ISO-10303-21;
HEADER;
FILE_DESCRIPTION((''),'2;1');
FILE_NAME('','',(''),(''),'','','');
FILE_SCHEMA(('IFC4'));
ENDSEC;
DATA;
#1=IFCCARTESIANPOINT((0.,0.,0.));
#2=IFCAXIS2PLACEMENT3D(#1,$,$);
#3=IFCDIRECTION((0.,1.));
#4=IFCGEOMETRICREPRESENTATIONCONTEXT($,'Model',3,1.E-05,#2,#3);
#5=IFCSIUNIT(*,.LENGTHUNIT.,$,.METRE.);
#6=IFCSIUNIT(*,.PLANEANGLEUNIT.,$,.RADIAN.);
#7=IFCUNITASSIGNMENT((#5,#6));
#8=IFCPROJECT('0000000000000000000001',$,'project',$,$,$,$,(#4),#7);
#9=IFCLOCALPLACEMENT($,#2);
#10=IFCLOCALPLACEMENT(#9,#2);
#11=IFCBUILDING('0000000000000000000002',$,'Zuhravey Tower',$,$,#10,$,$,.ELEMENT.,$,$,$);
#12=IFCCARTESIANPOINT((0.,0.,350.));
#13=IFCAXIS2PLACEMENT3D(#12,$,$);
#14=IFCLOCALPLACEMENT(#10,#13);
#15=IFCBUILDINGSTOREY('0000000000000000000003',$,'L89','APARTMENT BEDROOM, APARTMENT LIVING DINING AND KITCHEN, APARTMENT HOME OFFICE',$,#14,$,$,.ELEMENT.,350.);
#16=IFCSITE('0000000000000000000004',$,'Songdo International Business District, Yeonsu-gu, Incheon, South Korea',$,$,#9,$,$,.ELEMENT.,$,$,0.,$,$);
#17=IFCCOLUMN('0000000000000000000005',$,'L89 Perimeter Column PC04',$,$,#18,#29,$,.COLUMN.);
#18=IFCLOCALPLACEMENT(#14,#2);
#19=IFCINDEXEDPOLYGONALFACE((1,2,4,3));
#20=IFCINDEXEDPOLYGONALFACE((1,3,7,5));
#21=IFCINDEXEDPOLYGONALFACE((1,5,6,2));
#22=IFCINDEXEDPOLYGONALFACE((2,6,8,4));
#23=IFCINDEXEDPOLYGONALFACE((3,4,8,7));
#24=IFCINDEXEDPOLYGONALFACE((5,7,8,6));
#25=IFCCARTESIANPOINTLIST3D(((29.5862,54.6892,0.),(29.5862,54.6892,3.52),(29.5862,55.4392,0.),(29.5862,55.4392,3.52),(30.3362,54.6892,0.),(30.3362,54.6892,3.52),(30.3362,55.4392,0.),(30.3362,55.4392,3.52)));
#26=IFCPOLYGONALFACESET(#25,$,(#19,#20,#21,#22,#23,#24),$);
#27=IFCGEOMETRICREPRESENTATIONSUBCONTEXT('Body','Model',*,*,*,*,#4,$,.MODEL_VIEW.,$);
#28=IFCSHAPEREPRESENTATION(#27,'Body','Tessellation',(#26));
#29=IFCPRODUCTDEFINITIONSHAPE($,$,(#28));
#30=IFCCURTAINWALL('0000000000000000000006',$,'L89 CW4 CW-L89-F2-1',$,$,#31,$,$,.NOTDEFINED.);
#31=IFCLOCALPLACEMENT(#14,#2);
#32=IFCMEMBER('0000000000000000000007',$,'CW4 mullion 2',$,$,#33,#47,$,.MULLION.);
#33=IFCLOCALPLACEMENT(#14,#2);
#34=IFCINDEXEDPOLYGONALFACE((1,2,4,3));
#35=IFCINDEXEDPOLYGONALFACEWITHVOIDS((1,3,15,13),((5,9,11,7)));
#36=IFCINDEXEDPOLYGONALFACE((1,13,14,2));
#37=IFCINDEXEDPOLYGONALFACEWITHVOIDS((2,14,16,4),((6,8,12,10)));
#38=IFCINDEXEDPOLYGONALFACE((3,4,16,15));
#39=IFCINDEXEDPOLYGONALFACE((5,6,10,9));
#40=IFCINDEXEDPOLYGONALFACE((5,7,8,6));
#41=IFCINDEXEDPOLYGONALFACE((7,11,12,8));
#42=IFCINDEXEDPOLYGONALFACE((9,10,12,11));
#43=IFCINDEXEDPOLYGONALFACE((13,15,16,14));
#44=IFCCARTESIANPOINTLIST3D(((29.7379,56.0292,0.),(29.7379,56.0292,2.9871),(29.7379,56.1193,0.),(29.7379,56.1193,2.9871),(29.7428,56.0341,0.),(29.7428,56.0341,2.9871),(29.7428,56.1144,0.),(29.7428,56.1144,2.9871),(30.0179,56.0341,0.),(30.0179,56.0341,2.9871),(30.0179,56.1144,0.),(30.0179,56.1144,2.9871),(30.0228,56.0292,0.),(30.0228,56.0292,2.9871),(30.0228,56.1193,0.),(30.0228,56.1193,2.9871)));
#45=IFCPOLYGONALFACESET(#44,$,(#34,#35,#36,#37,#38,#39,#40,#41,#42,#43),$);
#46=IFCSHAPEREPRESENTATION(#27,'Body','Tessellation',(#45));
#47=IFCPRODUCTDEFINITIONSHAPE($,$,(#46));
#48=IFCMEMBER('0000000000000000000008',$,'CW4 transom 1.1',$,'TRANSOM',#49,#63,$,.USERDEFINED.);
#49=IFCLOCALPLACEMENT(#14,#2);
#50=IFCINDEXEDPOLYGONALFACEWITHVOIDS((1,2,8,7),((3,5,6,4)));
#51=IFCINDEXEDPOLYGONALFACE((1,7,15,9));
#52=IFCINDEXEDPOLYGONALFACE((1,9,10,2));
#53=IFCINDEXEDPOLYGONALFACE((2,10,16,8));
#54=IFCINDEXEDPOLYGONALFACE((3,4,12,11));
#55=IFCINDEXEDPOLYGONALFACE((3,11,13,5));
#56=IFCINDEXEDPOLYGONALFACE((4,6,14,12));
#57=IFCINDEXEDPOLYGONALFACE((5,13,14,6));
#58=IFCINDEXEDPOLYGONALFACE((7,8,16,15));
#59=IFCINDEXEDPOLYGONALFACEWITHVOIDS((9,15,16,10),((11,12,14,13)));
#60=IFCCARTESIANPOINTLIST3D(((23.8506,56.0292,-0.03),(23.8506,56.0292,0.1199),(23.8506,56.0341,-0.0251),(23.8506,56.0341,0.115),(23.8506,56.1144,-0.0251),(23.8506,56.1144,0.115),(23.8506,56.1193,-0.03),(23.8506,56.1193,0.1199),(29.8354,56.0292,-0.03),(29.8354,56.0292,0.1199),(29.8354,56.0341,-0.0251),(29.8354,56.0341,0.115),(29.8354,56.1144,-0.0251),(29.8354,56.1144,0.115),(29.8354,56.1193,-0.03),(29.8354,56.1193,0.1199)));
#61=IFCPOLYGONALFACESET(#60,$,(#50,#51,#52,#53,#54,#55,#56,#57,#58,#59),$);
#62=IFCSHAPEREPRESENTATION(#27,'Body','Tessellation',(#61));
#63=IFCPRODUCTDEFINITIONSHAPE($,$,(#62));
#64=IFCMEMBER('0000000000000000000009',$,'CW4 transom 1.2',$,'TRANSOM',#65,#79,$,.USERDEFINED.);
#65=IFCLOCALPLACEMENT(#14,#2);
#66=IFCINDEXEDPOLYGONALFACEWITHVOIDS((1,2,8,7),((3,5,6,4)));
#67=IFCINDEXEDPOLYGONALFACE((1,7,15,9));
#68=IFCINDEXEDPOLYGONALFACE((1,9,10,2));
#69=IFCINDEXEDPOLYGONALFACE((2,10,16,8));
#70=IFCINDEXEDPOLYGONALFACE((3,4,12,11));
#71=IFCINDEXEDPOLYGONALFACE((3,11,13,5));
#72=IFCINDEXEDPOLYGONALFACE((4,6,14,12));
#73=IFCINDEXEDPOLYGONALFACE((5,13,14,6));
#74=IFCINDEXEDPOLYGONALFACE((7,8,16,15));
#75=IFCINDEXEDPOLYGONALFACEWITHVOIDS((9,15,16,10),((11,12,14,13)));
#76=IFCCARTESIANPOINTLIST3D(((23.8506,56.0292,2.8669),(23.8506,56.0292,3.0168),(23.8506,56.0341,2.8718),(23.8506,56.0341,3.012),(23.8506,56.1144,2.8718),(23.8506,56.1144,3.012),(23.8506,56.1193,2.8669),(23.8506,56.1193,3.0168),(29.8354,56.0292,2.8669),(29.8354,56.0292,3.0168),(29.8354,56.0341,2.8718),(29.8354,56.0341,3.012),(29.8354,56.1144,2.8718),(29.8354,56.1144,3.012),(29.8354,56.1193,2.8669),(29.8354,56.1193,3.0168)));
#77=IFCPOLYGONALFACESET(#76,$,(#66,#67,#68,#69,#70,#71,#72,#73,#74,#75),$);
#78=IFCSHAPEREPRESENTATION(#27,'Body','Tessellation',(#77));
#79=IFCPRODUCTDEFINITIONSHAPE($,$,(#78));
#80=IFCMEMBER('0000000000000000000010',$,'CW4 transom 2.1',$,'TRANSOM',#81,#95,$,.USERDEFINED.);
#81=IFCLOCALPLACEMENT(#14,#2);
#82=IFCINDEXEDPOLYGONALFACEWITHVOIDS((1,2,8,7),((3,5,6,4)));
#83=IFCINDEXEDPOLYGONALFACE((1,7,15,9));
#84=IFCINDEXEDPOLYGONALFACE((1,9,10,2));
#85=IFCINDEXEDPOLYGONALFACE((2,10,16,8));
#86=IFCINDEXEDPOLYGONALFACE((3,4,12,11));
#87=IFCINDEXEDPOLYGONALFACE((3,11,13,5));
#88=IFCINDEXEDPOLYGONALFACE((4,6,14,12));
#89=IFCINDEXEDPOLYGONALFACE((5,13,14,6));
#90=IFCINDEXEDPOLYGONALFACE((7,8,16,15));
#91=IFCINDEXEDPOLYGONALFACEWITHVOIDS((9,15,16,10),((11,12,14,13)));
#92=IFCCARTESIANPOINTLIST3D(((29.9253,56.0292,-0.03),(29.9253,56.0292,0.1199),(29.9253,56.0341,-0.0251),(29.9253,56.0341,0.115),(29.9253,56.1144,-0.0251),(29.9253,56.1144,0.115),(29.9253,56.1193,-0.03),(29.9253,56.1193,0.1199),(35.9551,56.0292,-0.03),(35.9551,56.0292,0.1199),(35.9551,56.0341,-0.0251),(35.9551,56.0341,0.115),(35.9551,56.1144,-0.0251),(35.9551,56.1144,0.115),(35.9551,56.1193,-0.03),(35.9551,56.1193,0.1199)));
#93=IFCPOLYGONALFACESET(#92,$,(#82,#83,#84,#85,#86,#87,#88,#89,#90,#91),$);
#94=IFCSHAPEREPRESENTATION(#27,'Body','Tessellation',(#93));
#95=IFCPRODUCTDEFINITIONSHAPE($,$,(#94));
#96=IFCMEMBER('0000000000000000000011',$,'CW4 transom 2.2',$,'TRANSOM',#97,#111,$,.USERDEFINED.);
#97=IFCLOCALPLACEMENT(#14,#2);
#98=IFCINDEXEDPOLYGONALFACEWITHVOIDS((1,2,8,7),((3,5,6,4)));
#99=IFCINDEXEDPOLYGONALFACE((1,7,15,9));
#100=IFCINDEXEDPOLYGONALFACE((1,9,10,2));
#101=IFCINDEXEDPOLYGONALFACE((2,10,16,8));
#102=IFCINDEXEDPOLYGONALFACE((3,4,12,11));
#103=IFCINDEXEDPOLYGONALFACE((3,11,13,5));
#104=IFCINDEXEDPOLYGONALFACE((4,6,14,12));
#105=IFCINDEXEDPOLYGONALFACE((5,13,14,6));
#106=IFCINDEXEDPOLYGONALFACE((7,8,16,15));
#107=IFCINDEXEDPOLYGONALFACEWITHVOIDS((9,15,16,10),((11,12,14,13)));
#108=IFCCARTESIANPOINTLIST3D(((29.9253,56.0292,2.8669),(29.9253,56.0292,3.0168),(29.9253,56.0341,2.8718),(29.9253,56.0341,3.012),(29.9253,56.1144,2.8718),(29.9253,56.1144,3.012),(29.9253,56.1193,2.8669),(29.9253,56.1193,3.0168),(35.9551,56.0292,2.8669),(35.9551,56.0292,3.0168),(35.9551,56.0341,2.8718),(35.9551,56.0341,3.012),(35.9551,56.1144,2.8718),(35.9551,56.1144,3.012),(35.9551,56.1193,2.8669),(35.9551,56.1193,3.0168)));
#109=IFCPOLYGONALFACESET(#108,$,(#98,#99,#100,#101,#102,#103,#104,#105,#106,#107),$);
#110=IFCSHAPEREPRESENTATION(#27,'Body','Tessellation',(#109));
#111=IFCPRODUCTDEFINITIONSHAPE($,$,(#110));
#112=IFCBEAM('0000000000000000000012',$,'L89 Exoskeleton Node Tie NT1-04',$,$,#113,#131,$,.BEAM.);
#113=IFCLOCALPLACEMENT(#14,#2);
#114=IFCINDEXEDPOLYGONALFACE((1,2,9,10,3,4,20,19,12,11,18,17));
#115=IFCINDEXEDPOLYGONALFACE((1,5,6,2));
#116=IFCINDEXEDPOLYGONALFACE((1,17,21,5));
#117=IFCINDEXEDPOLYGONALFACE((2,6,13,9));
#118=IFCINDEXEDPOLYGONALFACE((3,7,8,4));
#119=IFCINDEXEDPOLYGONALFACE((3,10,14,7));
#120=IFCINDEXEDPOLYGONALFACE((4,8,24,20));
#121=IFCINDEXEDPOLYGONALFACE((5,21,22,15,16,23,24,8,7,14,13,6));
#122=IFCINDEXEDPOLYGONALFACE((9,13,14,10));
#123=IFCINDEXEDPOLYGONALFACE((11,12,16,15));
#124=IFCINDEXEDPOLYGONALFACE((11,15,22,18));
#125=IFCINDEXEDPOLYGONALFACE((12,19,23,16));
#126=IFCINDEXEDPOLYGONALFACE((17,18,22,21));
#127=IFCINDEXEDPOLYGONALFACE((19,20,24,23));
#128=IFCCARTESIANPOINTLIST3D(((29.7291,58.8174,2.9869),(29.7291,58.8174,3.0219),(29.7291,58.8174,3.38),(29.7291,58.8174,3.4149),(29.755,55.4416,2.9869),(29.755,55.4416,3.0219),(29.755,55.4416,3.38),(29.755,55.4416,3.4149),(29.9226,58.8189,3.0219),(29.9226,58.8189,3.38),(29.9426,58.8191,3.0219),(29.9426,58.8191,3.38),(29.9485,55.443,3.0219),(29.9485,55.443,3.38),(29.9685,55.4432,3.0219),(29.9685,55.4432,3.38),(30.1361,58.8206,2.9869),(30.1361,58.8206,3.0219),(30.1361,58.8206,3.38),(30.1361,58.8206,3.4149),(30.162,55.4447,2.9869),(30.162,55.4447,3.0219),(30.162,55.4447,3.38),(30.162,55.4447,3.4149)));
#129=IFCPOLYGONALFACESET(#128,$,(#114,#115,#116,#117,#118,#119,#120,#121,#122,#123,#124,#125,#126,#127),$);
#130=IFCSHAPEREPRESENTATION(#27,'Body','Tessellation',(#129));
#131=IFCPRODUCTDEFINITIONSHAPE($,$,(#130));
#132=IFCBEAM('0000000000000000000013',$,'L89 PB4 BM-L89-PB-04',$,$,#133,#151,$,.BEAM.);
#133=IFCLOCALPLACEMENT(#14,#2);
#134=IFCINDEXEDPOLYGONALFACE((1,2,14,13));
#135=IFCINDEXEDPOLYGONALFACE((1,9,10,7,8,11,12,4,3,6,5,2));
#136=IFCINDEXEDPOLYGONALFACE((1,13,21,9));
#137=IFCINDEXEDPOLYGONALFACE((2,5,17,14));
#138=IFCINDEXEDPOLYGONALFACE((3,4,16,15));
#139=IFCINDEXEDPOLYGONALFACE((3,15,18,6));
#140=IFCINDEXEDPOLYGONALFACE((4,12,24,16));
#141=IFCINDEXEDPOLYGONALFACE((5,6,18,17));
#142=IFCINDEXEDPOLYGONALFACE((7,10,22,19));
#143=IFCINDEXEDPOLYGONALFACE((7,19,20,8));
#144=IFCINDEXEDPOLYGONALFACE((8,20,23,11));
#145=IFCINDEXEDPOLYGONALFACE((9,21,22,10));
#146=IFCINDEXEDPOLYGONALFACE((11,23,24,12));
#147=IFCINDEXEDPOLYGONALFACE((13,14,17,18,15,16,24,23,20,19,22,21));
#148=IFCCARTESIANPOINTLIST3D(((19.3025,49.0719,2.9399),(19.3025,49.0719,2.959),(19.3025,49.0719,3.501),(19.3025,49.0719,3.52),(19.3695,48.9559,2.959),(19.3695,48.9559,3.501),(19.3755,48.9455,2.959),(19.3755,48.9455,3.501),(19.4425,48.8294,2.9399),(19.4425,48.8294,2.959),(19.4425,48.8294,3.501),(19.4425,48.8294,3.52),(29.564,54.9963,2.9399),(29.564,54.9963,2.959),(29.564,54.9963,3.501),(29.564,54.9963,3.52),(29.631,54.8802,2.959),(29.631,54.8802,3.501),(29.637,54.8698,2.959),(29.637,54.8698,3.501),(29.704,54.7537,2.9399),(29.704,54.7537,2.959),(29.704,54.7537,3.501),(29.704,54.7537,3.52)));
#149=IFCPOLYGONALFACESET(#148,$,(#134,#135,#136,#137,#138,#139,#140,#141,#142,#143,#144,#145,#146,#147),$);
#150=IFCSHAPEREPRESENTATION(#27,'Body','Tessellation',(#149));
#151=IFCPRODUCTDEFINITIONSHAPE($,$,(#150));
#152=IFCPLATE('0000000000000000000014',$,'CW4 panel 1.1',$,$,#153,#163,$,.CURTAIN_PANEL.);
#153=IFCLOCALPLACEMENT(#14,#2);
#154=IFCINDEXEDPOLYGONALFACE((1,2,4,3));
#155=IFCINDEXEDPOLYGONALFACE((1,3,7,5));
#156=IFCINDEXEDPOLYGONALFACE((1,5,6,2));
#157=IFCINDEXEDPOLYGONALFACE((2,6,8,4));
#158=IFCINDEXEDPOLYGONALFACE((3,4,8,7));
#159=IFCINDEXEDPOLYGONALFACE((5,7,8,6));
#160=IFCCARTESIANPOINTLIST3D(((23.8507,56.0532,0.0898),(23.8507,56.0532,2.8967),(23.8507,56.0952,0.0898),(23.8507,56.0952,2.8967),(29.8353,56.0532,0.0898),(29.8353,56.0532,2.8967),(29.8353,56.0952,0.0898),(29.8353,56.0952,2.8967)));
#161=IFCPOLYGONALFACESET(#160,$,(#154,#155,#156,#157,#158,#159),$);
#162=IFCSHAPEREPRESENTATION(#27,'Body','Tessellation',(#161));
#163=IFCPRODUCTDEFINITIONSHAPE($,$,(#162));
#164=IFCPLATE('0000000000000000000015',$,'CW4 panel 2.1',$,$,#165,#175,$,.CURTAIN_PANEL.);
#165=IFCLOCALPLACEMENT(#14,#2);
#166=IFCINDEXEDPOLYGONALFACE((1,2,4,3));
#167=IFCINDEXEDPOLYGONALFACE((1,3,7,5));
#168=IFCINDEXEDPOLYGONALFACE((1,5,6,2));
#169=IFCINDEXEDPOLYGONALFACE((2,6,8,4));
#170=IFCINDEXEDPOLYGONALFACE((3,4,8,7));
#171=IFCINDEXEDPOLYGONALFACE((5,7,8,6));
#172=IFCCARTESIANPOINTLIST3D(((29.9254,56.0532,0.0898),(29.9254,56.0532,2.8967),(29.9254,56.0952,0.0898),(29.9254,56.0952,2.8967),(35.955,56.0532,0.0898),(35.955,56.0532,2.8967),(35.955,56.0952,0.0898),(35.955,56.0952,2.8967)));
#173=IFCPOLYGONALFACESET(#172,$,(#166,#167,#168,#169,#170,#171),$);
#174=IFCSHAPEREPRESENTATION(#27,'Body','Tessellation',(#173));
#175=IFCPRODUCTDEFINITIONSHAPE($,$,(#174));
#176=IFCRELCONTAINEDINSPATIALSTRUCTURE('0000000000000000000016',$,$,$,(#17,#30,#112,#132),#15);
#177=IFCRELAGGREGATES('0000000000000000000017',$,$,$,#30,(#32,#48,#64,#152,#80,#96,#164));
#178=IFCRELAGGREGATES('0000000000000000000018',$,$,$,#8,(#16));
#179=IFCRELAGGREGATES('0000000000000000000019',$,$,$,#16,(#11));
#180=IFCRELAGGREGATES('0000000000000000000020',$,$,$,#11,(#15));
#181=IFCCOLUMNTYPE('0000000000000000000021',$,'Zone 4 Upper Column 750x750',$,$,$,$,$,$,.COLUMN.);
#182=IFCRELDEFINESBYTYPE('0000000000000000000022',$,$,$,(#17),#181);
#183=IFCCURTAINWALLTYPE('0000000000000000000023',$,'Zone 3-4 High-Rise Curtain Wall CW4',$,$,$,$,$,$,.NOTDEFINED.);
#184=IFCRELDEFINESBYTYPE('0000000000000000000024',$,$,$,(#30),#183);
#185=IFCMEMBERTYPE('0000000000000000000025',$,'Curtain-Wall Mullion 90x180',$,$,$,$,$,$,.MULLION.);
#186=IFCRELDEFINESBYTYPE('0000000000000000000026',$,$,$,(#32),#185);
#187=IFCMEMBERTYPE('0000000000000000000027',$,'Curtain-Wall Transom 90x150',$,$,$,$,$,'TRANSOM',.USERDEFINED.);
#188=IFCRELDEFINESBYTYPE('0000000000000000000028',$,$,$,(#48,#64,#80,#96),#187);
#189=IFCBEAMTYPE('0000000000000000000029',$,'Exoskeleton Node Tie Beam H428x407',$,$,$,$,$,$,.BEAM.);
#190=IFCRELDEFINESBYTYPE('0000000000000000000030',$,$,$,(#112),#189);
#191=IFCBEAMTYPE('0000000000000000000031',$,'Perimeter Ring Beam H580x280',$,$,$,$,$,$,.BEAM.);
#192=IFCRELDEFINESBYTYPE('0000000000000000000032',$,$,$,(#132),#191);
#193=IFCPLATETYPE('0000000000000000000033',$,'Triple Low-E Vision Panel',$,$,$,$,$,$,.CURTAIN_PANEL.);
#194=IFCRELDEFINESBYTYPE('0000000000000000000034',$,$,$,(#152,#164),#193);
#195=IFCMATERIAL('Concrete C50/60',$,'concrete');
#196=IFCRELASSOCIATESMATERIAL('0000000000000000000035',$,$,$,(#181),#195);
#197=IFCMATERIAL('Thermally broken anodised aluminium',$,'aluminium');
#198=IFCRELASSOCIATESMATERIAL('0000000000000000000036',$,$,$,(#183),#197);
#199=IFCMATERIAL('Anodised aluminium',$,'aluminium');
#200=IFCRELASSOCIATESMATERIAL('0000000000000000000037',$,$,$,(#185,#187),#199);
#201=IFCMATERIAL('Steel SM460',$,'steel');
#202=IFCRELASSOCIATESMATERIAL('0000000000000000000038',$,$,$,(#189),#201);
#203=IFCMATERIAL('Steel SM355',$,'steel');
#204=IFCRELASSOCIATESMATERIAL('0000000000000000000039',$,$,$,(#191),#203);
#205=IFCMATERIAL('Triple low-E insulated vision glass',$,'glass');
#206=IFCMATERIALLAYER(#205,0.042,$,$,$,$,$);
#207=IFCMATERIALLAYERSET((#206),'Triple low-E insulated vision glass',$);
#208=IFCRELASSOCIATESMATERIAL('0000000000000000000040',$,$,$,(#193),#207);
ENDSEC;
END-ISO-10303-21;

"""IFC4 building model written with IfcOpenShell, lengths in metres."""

from ifc_helpers import new_model, si_unit, direction, frame, origin, origin_2d, place, context, subcontext, project, spatial, rectangle, hollow_rectangle, i_section, extrude, material, layer, layer_set, material_profile, profile_set, type_object, element, aggregate, save


model = new_model("IFC4")

# Units and contexts
model_context = context("Model", 3, precision=1e-05, world=origin(), true_north=direction((0.0, 1.0)))
body_context = subcontext(model_context, "Body", "Model", "MODEL_VIEW")
ifc_project = project(units=[si_unit("LENGTHUNIT", "METRE"), si_unit("PLANEANGLEUNIT", "RADIAN")], contexts=[model_context])

# Site, building, storey
site_placement = place(None, origin())
site = spatial("IfcSite", under=ifc_project, at=site_placement, Name="Songdo International Business District, Yeonsu-gu, Incheon, South Korea", CompositionType="ELEMENT", RefElevation=0.0)
building_placement = place(site_placement, origin())
building = spatial("IfcBuilding", under=site, at=building_placement, Name="Zuhravey Tower", CompositionType="ELEMENT")
storey_placement = place(building_placement, frame((0.0, 0.0, 350.0)))
storey = spatial("IfcBuildingStorey", under=building, at=storey_placement, Name="L89", Description="APARTMENT BEDROOM, APARTMENT LIVING DINING AND KITCHEN, APARTMENT HOME OFFICE", CompositionType="ELEMENT", Elevation=350.0)

# Column
ifc_material_1 = material(Name="Concrete C50/60", Category="concrete")
ifc_material_profile_1 = material_profile(ifc_material_1, rectangle(XDim=0.75, YDim=0.75, at=origin_2d()), Name="RC-750x750")
ifc_profile_set_1 = profile_set([ifc_material_profile_1], Name="Concrete C50/60")
column_type = type_object("IfcColumnType", Name="Zone 4 Upper Column 750x750", PredefinedType="COLUMN", material=ifc_profile_set_1)
column_placement = place(storey_placement, frame((29.9612, 55.0642, 0.0), z_axis=(0.0, 0.0, 1.0), x_axis=(-1.0, 0.0, 0.0)))
element("IfcColumn", 1, at=column_placement, inside=storey, type_object=column_type, Name="L89 Perimeter Column PC04", PredefinedType="COLUMN", context=body_context, shape_type="SweptSolid", body=[
    extrude(rectangle(XDim=0.75, YDim=0.75, at=origin_2d()), origin(), (0.0, 0.0, 1.0), 3.52),
])

# Curtain wall, members
ifc_material_2 = material(Name="Thermally broken anodised aluminium", Category="aluminium")
curtain_wall_type = type_object("IfcCurtainWallType", Name="Zone 3-4 High-Rise Curtain Wall CW4", PredefinedType="NOTDEFINED", material=ifc_material_2)
curtain_wall_placement = place(storey_placement, origin())
curtain_wall = element("IfcCurtainWall", 2, at=curtain_wall_placement, inside=storey, type_object=curtain_wall_type, Name="L89 CW4 CW-L89-F2-1", PredefinedType="NOTDEFINED")
ifc_material_3 = material(Name="Anodised aluminium", Category="aluminium")
ifc_material_profile_2 = material_profile(ifc_material_3, hollow_rectangle(XDim=0.0901, YDim=0.2849, WallThickness=0.0049, at=origin_2d()), Name="ALU-RHS-90x285x5")
ifc_profile_set_2 = profile_set([ifc_material_profile_2], Name="Anodised aluminium")
member_type_1 = type_object("IfcMemberType", Name="Curtain-Wall Mullion 90x180", PredefinedType="MULLION", material=ifc_profile_set_2)
member_1_placement = place(storey_placement, frame((29.8804, 56.0742, 0.0), z_axis=(0.0, 0.0, 1.0), x_axis=(0.0, 1.0, 0.0)))
member_1 = element("IfcMember", 3, at=member_1_placement, type_object=member_type_1, Name="CW4 mullion 2", PredefinedType="MULLION", context=body_context, shape_type="SweptSolid", body=[
    extrude(hollow_rectangle(XDim=0.0901, YDim=0.2849, WallThickness=0.0049, at=origin_2d()), origin(), (0.0, 0.0, 1.0), 2.9871),
])
ifc_material_profile_3 = material_profile(ifc_material_3, hollow_rectangle(XDim=0.0901, YDim=0.1499, WallThickness=0.0049, at=origin_2d()), Name="ALU-RHS-90x150x5")
ifc_profile_set_3 = profile_set([ifc_material_profile_3], Name="Anodised aluminium")
member_type_2 = type_object("IfcMemberType", Name="Curtain-Wall Transom 90x150", ElementType="TRANSOM", PredefinedType="USERDEFINED", material=ifc_profile_set_3)
member_2_placement = place(storey_placement, frame((23.8506, 56.0742, 0.0449), z_axis=(1.0, 0.0, 0.0), x_axis=(0.0, 1.0, 0.0)))
member_2 = element("IfcMember", 4, at=member_2_placement, type_object=member_type_2, Name="CW4 transom 1.1", ObjectType="TRANSOM", PredefinedType="USERDEFINED", context=body_context, shape_type="SweptSolid", body=[
    extrude(hollow_rectangle(XDim=0.0901, YDim=0.1499, WallThickness=0.0049, at=origin_2d()), origin(), (0.0, 0.0, 1.0), 5.9849),
])
member_3_placement = place(storey_placement, frame((23.8506, 56.0742, 2.9419), z_axis=(1.0, 0.0, 0.0), x_axis=(0.0, 1.0, 0.0)))
member_3 = element("IfcMember", 5, at=member_3_placement, type_object=member_type_2, Name="CW4 transom 1.2", ObjectType="TRANSOM", PredefinedType="USERDEFINED", context=body_context, shape_type="SweptSolid", body=[
    extrude(hollow_rectangle(XDim=0.0901, YDim=0.1499, WallThickness=0.0049, at=origin_2d()), origin(), (0.0, 0.0, 1.0), 5.9849),
])
member_4_placement = place(storey_placement, frame((29.9253, 56.0742, 0.0449), z_axis=(1.0, 0.0, 0.0), x_axis=(0.0, 1.0, 0.0)))
member_4 = element("IfcMember", 6, at=member_4_placement, type_object=member_type_2, Name="CW4 transom 2.1", ObjectType="TRANSOM", PredefinedType="USERDEFINED", context=body_context, shape_type="SweptSolid", body=[
    extrude(hollow_rectangle(XDim=0.0901, YDim=0.1499, WallThickness=0.0049, at=origin_2d()), origin(), (0.0, 0.0, 1.0), 6.0298),
])
member_5_placement = place(storey_placement, frame((29.9253, 56.0742, 2.9419), z_axis=(1.0, 0.0, 0.0), x_axis=(0.0, 1.0, 0.0)))
member_5 = element("IfcMember", 7, at=member_5_placement, type_object=member_type_2, Name="CW4 transom 2.2", ObjectType="TRANSOM", PredefinedType="USERDEFINED", context=body_context, shape_type="SweptSolid", body=[
    extrude(hollow_rectangle(XDim=0.0901, YDim=0.1499, WallThickness=0.0049, at=origin_2d()), origin(), (0.0, 0.0, 1.0), 6.0298),
])

# Beams
ifc_material_4 = material(Name="Steel SM460", Category="steel")
ifc_material_profile_4 = material_profile(ifc_material_4, i_section(OverallWidth=0.407, OverallDepth=0.428, WebThickness=0.02, FlangeThickness=0.0349, at=origin_2d()), Name="H-428x407x20x35")
ifc_profile_set_4 = profile_set([ifc_material_profile_4], Name="Steel SM460")
beam_type_1 = type_object("IfcBeamType", Name="Exoskeleton Node Tie Beam H428x407", PredefinedType="BEAM", material=ifc_profile_set_4)
beam_1_placement = place(storey_placement, frame((29.9585, 55.4431, 3.2009), z_axis=(-0.007665, 0.999971, 0.0), x_axis=(-0.999971, -0.007665, 0.0)))
element("IfcBeam", 8, at=beam_1_placement, inside=storey, type_object=beam_type_1, Name="L89 Exoskeleton Node Tie NT1-04", PredefinedType="BEAM", context=body_context, shape_type="SweptSolid", body=[
    extrude(i_section(OverallWidth=0.407, OverallDepth=0.428, WebThickness=0.02, FlangeThickness=0.0349, at=origin_2d()), origin(), (0.0, 0.0, 1.0), 3.376),
])
ifc_material_5 = material(Name="Steel SM355", Category="steel")
ifc_material_profile_5 = material_profile(ifc_material_5, i_section(OverallWidth=0.28, OverallDepth=0.5801, WebThickness=0.012, FlangeThickness=0.019, at=origin_2d()), Name="H-580x280x12x19")
ifc_profile_set_5 = profile_set([ifc_material_profile_5], Name="Steel SM355")
beam_type_2 = type_object("IfcBeamType", Name="Perimeter Ring Beam H580x280", PredefinedType="BEAM", material=ifc_profile_set_5)
beam_2_placement = place(storey_placement, frame((29.634, 54.875, 3.23), z_axis=(-0.866031, -0.499991, 0.0), x_axis=(0.499991, -0.866031, 0.0)))
element("IfcBeam", 9, at=beam_2_placement, inside=storey, type_object=beam_type_2, Name="L89 PB4 BM-L89-PB-04", PredefinedType="BEAM", context=body_context, shape_type="SweptSolid", body=[
    extrude(i_section(OverallWidth=0.28, OverallDepth=0.5801, WebThickness=0.012, FlangeThickness=0.019, at=origin_2d()), origin(), (0.0, 0.0, 1.0), 11.8489),
])

# Plates
ifc_material_6 = material(Name="Triple low-E insulated vision glass", Category="glass")
ifc_layer_1 = layer(ifc_material_6, 0.042)
ifc_layer_set_1 = layer_set([ifc_layer_1], Name="Triple low-E insulated vision glass")
plate_type = type_object("IfcPlateType", Name="Triple Low-E Vision Panel", PredefinedType="CURTAIN_PANEL", material=ifc_layer_set_1)
plate_1_placement = place(storey_placement, frame((26.843, 56.0742, 0.0898), z_axis=(0.0, 0.0, 1.0), x_axis=(1.0, 0.0, 0.0)))
plate_1 = element("IfcPlate", 10, at=plate_1_placement, type_object=plate_type, Name="CW4 panel 1.1", PredefinedType="CURTAIN_PANEL", context=body_context, shape_type="SweptSolid", body=[
    extrude(rectangle(XDim=5.9846, YDim=0.042, at=origin_2d()), origin(), (0.0, 0.0, 1.0), 2.8069),
])
plate_2_placement = place(storey_placement, frame((32.9402, 56.0742, 0.0898), z_axis=(0.0, 0.0, 1.0), x_axis=(1.0, 0.0, 0.0)))
plate_2 = element("IfcPlate", 11, at=plate_2_placement, type_object=plate_type, Name="CW4 panel 2.1", PredefinedType="CURTAIN_PANEL", context=body_context, shape_type="SweptSolid", body=[
    extrude(rectangle(XDim=6.0295, YDim=0.042, at=origin_2d()), origin(), (0.0, 0.0, 1.0), 2.8069),
])
aggregate(curtain_wall, [member_1, member_2, member_3, plate_1, member_4, member_5, plate_2])

save(model, "model.ifc")
